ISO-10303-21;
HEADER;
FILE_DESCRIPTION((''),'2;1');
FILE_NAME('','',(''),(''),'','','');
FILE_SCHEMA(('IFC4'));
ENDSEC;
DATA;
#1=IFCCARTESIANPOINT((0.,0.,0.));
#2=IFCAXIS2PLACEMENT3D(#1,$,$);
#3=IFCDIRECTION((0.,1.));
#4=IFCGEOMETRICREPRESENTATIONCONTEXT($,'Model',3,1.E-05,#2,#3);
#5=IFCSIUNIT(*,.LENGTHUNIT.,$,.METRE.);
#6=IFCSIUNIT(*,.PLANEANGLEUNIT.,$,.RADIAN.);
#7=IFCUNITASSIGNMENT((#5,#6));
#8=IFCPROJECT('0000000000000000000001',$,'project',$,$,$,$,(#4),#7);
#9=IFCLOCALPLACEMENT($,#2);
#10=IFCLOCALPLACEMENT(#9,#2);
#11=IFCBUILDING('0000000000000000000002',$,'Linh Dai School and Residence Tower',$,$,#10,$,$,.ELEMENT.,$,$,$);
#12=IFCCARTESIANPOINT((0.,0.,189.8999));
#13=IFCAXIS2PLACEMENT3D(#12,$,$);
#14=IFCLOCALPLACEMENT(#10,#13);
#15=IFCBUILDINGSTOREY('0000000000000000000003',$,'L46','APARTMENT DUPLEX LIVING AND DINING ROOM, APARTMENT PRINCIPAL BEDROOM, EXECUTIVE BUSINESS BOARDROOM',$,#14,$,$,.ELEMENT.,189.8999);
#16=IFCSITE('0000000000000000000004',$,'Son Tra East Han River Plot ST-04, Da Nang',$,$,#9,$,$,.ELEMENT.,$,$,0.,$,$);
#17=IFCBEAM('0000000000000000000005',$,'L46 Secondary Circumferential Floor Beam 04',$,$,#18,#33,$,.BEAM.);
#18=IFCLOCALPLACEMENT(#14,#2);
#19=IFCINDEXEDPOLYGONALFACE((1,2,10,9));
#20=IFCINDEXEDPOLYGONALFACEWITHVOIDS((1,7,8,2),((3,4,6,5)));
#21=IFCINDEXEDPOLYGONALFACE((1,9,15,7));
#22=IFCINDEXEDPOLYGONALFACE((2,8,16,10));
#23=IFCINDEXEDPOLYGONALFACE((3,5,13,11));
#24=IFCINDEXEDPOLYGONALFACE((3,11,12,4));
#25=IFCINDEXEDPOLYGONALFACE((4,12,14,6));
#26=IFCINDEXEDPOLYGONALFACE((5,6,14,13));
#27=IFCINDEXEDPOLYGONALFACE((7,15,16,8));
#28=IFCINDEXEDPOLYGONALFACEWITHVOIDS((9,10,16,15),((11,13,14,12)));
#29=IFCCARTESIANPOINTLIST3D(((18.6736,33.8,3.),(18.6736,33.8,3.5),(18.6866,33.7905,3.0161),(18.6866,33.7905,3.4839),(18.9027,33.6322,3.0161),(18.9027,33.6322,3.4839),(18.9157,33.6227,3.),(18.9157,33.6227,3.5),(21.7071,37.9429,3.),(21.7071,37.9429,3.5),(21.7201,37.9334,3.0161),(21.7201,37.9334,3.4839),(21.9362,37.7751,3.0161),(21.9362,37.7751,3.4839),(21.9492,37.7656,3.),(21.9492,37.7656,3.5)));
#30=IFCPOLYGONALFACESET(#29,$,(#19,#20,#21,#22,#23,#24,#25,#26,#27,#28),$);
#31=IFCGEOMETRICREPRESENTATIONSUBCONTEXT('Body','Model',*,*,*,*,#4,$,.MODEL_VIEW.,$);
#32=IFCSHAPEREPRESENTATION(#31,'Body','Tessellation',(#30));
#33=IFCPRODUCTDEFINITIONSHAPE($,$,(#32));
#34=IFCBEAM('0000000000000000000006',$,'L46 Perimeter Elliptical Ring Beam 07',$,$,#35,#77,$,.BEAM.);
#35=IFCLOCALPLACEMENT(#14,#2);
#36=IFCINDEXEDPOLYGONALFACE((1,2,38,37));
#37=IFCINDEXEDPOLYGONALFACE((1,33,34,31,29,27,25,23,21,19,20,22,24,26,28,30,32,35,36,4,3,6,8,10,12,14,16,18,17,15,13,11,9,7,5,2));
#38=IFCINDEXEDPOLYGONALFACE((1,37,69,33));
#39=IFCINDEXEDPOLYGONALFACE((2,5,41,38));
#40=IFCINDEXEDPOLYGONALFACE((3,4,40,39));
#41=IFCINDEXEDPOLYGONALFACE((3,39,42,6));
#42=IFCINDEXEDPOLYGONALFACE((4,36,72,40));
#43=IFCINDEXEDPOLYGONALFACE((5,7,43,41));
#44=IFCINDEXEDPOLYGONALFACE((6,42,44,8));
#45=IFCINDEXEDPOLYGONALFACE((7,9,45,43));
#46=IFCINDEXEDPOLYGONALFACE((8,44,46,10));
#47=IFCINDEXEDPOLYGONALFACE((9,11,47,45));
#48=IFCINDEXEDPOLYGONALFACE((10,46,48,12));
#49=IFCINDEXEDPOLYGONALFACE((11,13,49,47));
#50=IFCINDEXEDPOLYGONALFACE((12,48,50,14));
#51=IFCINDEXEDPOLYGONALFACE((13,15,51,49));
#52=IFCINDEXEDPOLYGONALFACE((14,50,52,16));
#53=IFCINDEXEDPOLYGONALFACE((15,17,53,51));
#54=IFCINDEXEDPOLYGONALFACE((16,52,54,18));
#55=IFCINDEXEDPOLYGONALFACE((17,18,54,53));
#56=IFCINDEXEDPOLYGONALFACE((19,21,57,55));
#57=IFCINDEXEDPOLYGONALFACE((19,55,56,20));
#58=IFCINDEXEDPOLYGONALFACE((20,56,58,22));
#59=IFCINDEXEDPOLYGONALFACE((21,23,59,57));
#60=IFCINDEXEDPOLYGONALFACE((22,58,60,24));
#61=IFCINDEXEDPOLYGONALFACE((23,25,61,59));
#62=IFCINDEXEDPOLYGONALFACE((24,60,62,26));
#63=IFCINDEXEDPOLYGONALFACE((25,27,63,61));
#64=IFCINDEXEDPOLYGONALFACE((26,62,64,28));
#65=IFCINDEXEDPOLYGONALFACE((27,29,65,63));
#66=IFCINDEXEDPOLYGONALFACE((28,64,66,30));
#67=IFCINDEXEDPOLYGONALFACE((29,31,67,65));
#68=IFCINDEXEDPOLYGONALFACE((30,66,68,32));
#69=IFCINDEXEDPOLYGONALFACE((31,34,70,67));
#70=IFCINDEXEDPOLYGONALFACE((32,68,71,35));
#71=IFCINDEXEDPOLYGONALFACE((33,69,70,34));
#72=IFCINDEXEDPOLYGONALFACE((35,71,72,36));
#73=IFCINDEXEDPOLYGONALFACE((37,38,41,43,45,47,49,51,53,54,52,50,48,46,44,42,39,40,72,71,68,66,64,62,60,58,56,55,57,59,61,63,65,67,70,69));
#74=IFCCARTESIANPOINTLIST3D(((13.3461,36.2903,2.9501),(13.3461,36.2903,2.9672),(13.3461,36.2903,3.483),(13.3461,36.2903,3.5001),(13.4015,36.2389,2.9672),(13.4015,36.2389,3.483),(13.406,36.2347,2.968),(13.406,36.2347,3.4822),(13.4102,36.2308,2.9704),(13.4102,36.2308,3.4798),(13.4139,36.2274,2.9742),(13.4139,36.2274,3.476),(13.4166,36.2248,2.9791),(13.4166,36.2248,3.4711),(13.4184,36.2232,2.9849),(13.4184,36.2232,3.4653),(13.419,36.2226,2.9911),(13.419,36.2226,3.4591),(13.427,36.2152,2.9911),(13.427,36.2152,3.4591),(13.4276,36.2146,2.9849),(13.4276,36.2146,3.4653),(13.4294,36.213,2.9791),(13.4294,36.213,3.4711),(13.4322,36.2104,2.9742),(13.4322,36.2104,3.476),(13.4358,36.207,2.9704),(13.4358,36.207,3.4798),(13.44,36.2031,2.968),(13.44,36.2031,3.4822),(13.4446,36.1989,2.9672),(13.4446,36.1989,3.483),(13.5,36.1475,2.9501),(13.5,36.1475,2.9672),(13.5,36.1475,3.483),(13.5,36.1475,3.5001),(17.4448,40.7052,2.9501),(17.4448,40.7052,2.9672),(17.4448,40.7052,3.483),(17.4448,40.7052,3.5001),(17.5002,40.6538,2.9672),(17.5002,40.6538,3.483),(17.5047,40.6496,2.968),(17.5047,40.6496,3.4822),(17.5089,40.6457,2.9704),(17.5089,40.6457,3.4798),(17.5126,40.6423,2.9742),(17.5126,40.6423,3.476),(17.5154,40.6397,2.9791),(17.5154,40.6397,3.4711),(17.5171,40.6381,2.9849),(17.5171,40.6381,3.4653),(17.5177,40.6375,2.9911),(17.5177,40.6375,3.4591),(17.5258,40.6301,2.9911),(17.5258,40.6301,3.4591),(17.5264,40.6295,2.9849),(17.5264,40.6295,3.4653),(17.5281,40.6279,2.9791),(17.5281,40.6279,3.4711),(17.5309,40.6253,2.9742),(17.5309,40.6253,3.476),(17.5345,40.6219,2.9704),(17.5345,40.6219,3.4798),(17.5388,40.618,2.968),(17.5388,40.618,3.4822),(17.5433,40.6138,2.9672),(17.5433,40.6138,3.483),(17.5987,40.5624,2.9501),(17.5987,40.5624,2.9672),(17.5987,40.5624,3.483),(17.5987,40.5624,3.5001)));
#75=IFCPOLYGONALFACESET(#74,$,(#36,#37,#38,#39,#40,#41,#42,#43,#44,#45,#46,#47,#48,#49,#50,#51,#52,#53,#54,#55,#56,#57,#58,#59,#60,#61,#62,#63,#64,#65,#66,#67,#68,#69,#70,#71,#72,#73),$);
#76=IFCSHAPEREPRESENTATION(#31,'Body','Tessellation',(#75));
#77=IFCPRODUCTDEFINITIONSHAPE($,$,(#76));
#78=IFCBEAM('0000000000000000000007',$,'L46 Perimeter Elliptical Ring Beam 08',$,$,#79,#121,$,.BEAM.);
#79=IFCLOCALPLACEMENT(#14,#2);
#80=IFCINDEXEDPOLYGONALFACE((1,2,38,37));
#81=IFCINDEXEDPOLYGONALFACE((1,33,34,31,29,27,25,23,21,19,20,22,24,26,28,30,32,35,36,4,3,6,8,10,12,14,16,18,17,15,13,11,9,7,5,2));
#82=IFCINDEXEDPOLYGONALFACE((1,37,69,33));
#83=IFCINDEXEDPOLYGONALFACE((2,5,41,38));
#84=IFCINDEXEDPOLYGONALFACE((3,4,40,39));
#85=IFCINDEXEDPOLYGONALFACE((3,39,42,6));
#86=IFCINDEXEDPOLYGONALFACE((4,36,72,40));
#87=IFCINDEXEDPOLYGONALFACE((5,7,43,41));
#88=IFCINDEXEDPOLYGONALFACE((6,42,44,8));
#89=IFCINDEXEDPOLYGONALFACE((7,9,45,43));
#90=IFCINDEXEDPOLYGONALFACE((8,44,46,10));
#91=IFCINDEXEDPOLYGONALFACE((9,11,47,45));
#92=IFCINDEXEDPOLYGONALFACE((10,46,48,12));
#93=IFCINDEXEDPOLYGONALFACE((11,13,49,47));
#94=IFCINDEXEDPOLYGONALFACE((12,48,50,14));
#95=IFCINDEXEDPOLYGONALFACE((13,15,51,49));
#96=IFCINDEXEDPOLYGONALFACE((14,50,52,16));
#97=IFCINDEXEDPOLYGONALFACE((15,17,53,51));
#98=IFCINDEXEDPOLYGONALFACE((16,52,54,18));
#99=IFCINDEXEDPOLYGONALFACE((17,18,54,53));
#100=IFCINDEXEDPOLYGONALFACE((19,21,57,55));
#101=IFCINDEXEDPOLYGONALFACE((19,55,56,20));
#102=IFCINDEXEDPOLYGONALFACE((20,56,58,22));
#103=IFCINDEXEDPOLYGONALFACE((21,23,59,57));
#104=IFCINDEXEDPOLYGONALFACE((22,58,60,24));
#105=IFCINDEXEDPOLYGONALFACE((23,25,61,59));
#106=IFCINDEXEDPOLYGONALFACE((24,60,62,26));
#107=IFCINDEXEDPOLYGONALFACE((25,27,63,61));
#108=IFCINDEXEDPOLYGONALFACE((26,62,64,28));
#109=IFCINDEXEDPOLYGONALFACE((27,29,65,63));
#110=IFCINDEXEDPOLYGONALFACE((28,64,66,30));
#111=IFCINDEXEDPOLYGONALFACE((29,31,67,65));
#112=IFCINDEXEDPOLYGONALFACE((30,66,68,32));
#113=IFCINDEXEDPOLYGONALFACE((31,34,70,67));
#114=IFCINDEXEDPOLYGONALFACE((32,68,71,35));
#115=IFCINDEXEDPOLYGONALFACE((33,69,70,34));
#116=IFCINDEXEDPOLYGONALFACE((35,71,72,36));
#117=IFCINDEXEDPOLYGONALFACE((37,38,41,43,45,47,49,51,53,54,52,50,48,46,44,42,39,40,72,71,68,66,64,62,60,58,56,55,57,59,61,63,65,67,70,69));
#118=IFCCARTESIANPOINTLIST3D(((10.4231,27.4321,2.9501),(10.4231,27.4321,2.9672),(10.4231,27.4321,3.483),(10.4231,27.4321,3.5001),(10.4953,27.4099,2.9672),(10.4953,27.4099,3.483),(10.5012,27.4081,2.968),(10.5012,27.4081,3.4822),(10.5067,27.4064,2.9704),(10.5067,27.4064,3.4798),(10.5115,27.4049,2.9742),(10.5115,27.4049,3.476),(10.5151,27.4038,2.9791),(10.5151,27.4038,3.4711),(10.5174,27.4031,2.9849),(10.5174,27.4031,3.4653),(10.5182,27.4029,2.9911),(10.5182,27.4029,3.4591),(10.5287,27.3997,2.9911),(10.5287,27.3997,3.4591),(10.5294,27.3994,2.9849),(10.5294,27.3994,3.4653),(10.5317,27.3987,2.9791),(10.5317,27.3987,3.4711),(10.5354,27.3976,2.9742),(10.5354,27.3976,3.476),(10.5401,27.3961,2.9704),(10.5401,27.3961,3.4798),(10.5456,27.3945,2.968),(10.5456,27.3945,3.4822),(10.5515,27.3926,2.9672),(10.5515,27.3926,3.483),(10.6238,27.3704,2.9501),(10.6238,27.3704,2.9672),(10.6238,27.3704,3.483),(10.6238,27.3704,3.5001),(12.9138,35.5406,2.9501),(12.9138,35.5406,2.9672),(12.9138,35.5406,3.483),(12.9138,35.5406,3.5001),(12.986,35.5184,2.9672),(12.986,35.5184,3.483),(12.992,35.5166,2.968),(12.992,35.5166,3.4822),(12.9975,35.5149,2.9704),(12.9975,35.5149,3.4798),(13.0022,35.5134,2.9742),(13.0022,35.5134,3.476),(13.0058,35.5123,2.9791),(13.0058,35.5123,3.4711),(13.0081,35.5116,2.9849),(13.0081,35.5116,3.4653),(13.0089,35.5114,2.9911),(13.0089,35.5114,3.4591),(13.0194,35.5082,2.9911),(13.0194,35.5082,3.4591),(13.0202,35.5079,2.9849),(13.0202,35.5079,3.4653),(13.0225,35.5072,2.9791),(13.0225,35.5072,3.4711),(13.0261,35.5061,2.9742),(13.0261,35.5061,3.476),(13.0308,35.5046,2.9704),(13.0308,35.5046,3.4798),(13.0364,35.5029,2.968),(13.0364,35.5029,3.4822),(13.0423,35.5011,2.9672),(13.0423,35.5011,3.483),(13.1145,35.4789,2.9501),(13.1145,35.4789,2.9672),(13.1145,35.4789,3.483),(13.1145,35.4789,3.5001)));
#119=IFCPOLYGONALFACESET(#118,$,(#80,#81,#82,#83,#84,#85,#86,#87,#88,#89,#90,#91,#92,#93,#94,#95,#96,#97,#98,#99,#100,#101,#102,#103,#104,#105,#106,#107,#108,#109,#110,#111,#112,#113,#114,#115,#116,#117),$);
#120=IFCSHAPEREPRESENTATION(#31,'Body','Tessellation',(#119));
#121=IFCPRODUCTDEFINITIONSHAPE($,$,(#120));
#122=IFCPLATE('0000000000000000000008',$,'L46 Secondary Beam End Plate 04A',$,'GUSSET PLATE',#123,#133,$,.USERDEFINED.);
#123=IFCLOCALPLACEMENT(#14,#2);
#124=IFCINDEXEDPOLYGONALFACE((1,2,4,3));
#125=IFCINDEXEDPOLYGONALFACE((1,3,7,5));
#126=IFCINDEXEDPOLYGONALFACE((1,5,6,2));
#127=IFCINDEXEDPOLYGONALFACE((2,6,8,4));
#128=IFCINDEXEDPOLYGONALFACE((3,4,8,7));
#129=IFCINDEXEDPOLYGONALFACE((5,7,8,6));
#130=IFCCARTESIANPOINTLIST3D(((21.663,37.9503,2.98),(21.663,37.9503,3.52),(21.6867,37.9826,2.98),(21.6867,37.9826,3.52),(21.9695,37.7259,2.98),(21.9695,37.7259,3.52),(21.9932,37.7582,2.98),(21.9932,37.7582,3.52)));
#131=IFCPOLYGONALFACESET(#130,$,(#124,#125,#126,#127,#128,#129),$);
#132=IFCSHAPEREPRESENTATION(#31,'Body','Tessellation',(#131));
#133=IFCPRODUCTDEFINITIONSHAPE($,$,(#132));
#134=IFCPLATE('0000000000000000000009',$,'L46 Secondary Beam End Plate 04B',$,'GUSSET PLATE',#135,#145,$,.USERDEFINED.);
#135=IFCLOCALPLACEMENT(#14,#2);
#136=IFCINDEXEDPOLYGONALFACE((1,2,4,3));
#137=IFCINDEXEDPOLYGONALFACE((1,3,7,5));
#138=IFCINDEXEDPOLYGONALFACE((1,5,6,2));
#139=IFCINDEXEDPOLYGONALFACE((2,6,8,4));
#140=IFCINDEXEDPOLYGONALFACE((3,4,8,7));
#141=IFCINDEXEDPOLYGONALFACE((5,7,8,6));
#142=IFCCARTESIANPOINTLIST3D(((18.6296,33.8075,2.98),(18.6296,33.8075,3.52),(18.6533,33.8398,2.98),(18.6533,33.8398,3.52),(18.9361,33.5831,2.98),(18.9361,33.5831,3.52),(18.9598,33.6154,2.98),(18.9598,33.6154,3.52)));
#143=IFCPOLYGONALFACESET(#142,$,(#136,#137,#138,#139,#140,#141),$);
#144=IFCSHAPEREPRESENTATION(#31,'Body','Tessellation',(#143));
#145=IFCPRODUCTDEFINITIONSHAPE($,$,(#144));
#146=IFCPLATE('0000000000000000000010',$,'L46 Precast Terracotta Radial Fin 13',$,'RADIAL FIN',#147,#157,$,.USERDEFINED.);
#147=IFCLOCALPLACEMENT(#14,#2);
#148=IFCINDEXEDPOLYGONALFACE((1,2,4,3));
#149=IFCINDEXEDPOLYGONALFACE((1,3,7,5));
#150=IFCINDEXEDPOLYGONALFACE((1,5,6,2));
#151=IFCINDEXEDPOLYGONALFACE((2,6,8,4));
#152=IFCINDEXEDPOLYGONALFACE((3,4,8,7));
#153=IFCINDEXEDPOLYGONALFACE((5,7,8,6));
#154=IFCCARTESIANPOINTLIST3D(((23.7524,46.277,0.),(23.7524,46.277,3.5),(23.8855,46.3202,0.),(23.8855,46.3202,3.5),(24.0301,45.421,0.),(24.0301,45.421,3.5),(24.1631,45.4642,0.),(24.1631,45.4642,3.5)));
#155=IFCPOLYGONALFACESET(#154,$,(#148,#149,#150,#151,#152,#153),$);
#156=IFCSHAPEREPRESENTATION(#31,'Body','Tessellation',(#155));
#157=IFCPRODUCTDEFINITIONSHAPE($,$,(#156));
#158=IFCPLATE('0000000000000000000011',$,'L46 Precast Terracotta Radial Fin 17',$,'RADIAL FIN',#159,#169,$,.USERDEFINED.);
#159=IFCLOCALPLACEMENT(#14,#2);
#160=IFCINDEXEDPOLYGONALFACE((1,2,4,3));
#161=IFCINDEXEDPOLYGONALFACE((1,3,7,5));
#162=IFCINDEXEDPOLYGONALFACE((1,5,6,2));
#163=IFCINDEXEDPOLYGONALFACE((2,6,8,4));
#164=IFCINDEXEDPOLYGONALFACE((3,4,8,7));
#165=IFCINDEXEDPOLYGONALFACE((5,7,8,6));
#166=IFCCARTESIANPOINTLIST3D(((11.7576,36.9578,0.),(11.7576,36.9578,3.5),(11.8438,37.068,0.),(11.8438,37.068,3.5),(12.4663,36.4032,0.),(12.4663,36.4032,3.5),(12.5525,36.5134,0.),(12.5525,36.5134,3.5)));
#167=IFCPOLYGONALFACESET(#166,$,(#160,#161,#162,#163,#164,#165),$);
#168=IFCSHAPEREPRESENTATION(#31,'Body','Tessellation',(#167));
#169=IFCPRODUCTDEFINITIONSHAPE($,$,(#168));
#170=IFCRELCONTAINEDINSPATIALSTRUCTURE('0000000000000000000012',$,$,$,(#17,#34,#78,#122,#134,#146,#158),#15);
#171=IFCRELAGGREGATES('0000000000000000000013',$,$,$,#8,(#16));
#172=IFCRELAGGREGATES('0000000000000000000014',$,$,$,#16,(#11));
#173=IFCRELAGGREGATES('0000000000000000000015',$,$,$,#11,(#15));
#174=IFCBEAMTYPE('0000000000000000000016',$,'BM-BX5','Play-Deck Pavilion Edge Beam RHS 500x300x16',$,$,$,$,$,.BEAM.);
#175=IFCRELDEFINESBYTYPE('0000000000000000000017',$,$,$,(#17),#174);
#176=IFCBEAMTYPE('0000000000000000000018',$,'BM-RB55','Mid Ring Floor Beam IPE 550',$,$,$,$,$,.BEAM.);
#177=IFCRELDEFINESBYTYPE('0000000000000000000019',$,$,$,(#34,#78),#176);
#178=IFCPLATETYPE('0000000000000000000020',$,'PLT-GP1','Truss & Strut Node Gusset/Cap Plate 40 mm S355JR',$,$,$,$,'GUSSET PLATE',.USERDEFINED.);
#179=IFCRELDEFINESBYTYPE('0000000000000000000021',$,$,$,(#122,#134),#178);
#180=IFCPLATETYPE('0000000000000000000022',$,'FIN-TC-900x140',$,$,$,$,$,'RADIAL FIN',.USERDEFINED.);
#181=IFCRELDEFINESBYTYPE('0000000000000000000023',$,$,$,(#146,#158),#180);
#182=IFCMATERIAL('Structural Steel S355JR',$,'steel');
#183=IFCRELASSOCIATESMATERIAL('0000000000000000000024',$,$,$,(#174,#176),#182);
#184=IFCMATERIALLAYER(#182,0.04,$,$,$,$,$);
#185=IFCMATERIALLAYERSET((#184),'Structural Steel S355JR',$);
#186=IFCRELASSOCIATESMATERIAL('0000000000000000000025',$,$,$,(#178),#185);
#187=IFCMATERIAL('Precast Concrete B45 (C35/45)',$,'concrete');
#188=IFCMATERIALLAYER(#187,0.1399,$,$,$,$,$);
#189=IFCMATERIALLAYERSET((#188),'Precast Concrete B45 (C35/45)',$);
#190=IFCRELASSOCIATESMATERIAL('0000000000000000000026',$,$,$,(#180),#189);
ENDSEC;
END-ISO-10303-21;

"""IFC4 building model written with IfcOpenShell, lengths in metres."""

from ifc_helpers import new_model, si_unit, direction, frame, origin, origin_2d, place, context, subcontext, project, spatial, rectangle, hollow_rectangle, i_section, extrude, source, transform, mapped, material, layer, layer_set, material_profile, profile_set, type_object, element, save


model = new_model("IFC4")

# Units and contexts
model_context = context("Model", 3, precision=1e-05, world=origin(), true_north=direction((0.0, 1.0)))
body_context = subcontext(model_context, "Body", "Model", "MODEL_VIEW")
ifc_project = project(units=[si_unit("LENGTHUNIT", "METRE"), si_unit("PLANEANGLEUNIT", "RADIAN")], contexts=[model_context])

# Site, building, storey
site_placement = place(None, origin())
site = spatial("IfcSite", under=ifc_project, at=site_placement, Name="Son Tra East Han River Plot ST-04, Da Nang", CompositionType="ELEMENT", RefElevation=0.0)
building_placement = place(site_placement, origin())
building = spatial("IfcBuilding", under=site, at=building_placement, Name="Linh Dai School and Residence Tower", CompositionType="ELEMENT")
storey_placement = place(building_placement, frame((0.0, 0.0, 189.8999)))
storey = spatial("IfcBuildingStorey", under=building, at=storey_placement, Name="L46", Description="APARTMENT DUPLEX LIVING AND DINING ROOM, APARTMENT PRINCIPAL BEDROOM, EXECUTIVE BUSINESS BOARDROOM", CompositionType="ELEMENT", Elevation=189.8999)

# Shared definitions
ifc_material_1 = material(Name="Structural Steel S355JR", Category="steel")

# Beams
ifc_material_profile_1 = material_profile(ifc_material_1, hollow_rectangle(XDim=0.3, YDim=0.5, WallThickness=0.0161, at=origin_2d()), Name="RHS 500x300x16")
ifc_profile_set_1 = profile_set([ifc_material_profile_1], Name="Structural Steel S355JR")
beam_type_1 = type_object("IfcBeamType", Name="BM-BX5", Description="Play-Deck Pavilion Edge Beam RHS 500x300x16", PredefinedType="BEAM", material=ifc_profile_set_1)
beam_1_placement = place(storey_placement, frame((21.8281, 37.8542, 3.25), z_axis=(-0.590778, -0.806834, 0.0), x_axis=(0.806834, -0.590778, 0.0)))
element("IfcBeam", 1, at=beam_1_placement, inside=storey, type_object=beam_type_1, Name="L46 Secondary Circumferential Floor Beam 04", PredefinedType="BEAM", context=body_context, shape_type="SweptSolid", body=[
    extrude(hollow_rectangle(XDim=0.3, YDim=0.5, WallThickness=0.0161, at=origin_2d()), origin(), (0.0, 0.0, 1.0), 5.1348),
])
ifc_material_profile_2 = material_profile(ifc_material_1, i_section(OverallWidth=0.21, OverallDepth=0.55, WebThickness=0.011, FlangeThickness=0.0171, FilletRadius=0.0239, at=origin_2d()), Name="IPE 550")
ifc_profile_set_2 = profile_set([ifc_material_profile_2], Name="Structural Steel S355JR")
beam_type_2 = type_object("IfcBeamType", Name="BM-RB55", Description="Mid Ring Floor Beam IPE 550", PredefinedType="BEAM", material=ifc_profile_set_2)
beam_2_placement = place(storey_placement, frame((17.5217, 40.6338, 3.2251), z_axis=(-0.680378, -0.732861, 0.0), x_axis=(0.732861, -0.680378, 0.0)))
element("IfcBeam", 2, at=beam_2_placement, inside=storey, type_object=beam_type_2, Name="L46 Perimeter Elliptical Ring Beam 07", PredefinedType="BEAM", context=body_context, shape_type="SweptSolid", body=[
    extrude(i_section(OverallWidth=0.21, OverallDepth=0.55, WebThickness=0.011, FlangeThickness=0.0171, FilletRadius=0.0239, at=origin_2d()), origin(), (0.0, 0.0, 1.0), 6.0242),
])
beam_3_placement = place(storey_placement, frame((13.0142, 35.5098, 3.2251), z_axis=(-0.293637, -0.955917, 0.0), x_axis=(0.955917, -0.293637, 0.0)))
element("IfcBeam", 3, at=beam_3_placement, inside=storey, type_object=beam_type_2, Name="L46 Perimeter Elliptical Ring Beam 08", PredefinedType="BEAM", context=body_context, shape_type="SweptSolid", body=[
    extrude(i_section(OverallWidth=0.21, OverallDepth=0.55, WebThickness=0.011, FlangeThickness=0.0171, FilletRadius=0.0239, at=origin_2d()), origin(), (0.0, 0.0, 1.0), 8.4824),
])

# Plates
ifc_layer_1 = layer(ifc_material_1, 0.04)
ifc_layer_set_1 = layer_set([ifc_layer_1], Name="Structural Steel S355JR")
plate_type_1 = type_object("IfcPlateType", Name="PLT-GP1", Description="Truss & Strut Node Gusset/Cap Plate 40 mm S355JR", ElementType="GUSSET PLATE", PredefinedType="USERDEFINED", material=ifc_layer_set_1)
shared_shape_1 = source(origin(), body_context, "Body", "SweptSolid", [
    extrude(rectangle(XDim=0.04, YDim=0.3799, at=origin_2d()), origin(), (0.0, 0.0, 1.0), 0.54),
])
for number, where, z_axis, x_axis, name in (
    (4, (21.8281, 37.8542, 2.98), (0.0, 0.0, 1.0), (-0.590797, -0.80682, 0.0), "L46 Secondary Beam End Plate 04A"),
    (5, (18.7947, 33.7114, 2.98), (0.0, 0.0, 1.0), (-0.590797, -0.80682, 0.0), "L46 Secondary Beam End Plate 04B"),
):
    element("IfcPlate", number, at=place(storey_placement, frame(where, z_axis=z_axis, x_axis=x_axis)), inside=storey, type_object=plate_type_1, Name=name, ObjectType="GUSSET PLATE", PredefinedType="USERDEFINED", context=body_context, shape_type="MappedRepresentation", body=[
        mapped(shared_shape_1, transform((0.0, 0.0, 0.0), x_axis=(1.0, 0.0, 0.0), y_axis=(0.0, 1.0, 0.0), z_axis=(0.0, 0.0, 1.0), scale=1.0)),
    ])
ifc_material_2 = material(Name="Precast Concrete B45 (C35/45)", Category="concrete")
ifc_layer_2 = layer(ifc_material_2, 0.1399)
ifc_layer_set_2 = layer_set([ifc_layer_2], Name="Precast Concrete B45 (C35/45)")
plate_type_2 = type_object("IfcPlateType", Name="FIN-TC-900x140", ElementType="RADIAL FIN", PredefinedType="USERDEFINED", material=ifc_layer_set_2)
shared_shape_2 = source(origin(), body_context, "Body", "SweptSolid", [
    extrude(rectangle(XDim=0.8999, YDim=0.1399, at=origin_2d()), origin(), (0.0, 0.0, 1.0), 3.5),
])
for number, where, z_axis, x_axis, name in (
    (6, (23.9578, 45.8706, 0.0), (0.0, 0.0, 1.0), (-0.308536, 0.951213, 0.0), "L46 Precast Terracotta Radial Fin 13"),
    (7, (12.155, 36.7356, 0.0), (0.0, 0.0, 1.0), (-0.787522, 0.616286, 0.0), "L46 Precast Terracotta Radial Fin 17"),
):
    element("IfcPlate", number, at=place(storey_placement, frame(where, z_axis=z_axis, x_axis=x_axis)), inside=storey, type_object=plate_type_2, Name=name, ObjectType="RADIAL FIN", PredefinedType="USERDEFINED", context=body_context, shape_type="MappedRepresentation", body=[
        mapped(shared_shape_2, transform((0.0, 0.0, 0.0), x_axis=(1.0, 0.0, 0.0), y_axis=(0.0, 1.0, 0.0), z_axis=(0.0, 0.0, 1.0), scale=1.0)),
    ])

save(model, "model.ifc")
